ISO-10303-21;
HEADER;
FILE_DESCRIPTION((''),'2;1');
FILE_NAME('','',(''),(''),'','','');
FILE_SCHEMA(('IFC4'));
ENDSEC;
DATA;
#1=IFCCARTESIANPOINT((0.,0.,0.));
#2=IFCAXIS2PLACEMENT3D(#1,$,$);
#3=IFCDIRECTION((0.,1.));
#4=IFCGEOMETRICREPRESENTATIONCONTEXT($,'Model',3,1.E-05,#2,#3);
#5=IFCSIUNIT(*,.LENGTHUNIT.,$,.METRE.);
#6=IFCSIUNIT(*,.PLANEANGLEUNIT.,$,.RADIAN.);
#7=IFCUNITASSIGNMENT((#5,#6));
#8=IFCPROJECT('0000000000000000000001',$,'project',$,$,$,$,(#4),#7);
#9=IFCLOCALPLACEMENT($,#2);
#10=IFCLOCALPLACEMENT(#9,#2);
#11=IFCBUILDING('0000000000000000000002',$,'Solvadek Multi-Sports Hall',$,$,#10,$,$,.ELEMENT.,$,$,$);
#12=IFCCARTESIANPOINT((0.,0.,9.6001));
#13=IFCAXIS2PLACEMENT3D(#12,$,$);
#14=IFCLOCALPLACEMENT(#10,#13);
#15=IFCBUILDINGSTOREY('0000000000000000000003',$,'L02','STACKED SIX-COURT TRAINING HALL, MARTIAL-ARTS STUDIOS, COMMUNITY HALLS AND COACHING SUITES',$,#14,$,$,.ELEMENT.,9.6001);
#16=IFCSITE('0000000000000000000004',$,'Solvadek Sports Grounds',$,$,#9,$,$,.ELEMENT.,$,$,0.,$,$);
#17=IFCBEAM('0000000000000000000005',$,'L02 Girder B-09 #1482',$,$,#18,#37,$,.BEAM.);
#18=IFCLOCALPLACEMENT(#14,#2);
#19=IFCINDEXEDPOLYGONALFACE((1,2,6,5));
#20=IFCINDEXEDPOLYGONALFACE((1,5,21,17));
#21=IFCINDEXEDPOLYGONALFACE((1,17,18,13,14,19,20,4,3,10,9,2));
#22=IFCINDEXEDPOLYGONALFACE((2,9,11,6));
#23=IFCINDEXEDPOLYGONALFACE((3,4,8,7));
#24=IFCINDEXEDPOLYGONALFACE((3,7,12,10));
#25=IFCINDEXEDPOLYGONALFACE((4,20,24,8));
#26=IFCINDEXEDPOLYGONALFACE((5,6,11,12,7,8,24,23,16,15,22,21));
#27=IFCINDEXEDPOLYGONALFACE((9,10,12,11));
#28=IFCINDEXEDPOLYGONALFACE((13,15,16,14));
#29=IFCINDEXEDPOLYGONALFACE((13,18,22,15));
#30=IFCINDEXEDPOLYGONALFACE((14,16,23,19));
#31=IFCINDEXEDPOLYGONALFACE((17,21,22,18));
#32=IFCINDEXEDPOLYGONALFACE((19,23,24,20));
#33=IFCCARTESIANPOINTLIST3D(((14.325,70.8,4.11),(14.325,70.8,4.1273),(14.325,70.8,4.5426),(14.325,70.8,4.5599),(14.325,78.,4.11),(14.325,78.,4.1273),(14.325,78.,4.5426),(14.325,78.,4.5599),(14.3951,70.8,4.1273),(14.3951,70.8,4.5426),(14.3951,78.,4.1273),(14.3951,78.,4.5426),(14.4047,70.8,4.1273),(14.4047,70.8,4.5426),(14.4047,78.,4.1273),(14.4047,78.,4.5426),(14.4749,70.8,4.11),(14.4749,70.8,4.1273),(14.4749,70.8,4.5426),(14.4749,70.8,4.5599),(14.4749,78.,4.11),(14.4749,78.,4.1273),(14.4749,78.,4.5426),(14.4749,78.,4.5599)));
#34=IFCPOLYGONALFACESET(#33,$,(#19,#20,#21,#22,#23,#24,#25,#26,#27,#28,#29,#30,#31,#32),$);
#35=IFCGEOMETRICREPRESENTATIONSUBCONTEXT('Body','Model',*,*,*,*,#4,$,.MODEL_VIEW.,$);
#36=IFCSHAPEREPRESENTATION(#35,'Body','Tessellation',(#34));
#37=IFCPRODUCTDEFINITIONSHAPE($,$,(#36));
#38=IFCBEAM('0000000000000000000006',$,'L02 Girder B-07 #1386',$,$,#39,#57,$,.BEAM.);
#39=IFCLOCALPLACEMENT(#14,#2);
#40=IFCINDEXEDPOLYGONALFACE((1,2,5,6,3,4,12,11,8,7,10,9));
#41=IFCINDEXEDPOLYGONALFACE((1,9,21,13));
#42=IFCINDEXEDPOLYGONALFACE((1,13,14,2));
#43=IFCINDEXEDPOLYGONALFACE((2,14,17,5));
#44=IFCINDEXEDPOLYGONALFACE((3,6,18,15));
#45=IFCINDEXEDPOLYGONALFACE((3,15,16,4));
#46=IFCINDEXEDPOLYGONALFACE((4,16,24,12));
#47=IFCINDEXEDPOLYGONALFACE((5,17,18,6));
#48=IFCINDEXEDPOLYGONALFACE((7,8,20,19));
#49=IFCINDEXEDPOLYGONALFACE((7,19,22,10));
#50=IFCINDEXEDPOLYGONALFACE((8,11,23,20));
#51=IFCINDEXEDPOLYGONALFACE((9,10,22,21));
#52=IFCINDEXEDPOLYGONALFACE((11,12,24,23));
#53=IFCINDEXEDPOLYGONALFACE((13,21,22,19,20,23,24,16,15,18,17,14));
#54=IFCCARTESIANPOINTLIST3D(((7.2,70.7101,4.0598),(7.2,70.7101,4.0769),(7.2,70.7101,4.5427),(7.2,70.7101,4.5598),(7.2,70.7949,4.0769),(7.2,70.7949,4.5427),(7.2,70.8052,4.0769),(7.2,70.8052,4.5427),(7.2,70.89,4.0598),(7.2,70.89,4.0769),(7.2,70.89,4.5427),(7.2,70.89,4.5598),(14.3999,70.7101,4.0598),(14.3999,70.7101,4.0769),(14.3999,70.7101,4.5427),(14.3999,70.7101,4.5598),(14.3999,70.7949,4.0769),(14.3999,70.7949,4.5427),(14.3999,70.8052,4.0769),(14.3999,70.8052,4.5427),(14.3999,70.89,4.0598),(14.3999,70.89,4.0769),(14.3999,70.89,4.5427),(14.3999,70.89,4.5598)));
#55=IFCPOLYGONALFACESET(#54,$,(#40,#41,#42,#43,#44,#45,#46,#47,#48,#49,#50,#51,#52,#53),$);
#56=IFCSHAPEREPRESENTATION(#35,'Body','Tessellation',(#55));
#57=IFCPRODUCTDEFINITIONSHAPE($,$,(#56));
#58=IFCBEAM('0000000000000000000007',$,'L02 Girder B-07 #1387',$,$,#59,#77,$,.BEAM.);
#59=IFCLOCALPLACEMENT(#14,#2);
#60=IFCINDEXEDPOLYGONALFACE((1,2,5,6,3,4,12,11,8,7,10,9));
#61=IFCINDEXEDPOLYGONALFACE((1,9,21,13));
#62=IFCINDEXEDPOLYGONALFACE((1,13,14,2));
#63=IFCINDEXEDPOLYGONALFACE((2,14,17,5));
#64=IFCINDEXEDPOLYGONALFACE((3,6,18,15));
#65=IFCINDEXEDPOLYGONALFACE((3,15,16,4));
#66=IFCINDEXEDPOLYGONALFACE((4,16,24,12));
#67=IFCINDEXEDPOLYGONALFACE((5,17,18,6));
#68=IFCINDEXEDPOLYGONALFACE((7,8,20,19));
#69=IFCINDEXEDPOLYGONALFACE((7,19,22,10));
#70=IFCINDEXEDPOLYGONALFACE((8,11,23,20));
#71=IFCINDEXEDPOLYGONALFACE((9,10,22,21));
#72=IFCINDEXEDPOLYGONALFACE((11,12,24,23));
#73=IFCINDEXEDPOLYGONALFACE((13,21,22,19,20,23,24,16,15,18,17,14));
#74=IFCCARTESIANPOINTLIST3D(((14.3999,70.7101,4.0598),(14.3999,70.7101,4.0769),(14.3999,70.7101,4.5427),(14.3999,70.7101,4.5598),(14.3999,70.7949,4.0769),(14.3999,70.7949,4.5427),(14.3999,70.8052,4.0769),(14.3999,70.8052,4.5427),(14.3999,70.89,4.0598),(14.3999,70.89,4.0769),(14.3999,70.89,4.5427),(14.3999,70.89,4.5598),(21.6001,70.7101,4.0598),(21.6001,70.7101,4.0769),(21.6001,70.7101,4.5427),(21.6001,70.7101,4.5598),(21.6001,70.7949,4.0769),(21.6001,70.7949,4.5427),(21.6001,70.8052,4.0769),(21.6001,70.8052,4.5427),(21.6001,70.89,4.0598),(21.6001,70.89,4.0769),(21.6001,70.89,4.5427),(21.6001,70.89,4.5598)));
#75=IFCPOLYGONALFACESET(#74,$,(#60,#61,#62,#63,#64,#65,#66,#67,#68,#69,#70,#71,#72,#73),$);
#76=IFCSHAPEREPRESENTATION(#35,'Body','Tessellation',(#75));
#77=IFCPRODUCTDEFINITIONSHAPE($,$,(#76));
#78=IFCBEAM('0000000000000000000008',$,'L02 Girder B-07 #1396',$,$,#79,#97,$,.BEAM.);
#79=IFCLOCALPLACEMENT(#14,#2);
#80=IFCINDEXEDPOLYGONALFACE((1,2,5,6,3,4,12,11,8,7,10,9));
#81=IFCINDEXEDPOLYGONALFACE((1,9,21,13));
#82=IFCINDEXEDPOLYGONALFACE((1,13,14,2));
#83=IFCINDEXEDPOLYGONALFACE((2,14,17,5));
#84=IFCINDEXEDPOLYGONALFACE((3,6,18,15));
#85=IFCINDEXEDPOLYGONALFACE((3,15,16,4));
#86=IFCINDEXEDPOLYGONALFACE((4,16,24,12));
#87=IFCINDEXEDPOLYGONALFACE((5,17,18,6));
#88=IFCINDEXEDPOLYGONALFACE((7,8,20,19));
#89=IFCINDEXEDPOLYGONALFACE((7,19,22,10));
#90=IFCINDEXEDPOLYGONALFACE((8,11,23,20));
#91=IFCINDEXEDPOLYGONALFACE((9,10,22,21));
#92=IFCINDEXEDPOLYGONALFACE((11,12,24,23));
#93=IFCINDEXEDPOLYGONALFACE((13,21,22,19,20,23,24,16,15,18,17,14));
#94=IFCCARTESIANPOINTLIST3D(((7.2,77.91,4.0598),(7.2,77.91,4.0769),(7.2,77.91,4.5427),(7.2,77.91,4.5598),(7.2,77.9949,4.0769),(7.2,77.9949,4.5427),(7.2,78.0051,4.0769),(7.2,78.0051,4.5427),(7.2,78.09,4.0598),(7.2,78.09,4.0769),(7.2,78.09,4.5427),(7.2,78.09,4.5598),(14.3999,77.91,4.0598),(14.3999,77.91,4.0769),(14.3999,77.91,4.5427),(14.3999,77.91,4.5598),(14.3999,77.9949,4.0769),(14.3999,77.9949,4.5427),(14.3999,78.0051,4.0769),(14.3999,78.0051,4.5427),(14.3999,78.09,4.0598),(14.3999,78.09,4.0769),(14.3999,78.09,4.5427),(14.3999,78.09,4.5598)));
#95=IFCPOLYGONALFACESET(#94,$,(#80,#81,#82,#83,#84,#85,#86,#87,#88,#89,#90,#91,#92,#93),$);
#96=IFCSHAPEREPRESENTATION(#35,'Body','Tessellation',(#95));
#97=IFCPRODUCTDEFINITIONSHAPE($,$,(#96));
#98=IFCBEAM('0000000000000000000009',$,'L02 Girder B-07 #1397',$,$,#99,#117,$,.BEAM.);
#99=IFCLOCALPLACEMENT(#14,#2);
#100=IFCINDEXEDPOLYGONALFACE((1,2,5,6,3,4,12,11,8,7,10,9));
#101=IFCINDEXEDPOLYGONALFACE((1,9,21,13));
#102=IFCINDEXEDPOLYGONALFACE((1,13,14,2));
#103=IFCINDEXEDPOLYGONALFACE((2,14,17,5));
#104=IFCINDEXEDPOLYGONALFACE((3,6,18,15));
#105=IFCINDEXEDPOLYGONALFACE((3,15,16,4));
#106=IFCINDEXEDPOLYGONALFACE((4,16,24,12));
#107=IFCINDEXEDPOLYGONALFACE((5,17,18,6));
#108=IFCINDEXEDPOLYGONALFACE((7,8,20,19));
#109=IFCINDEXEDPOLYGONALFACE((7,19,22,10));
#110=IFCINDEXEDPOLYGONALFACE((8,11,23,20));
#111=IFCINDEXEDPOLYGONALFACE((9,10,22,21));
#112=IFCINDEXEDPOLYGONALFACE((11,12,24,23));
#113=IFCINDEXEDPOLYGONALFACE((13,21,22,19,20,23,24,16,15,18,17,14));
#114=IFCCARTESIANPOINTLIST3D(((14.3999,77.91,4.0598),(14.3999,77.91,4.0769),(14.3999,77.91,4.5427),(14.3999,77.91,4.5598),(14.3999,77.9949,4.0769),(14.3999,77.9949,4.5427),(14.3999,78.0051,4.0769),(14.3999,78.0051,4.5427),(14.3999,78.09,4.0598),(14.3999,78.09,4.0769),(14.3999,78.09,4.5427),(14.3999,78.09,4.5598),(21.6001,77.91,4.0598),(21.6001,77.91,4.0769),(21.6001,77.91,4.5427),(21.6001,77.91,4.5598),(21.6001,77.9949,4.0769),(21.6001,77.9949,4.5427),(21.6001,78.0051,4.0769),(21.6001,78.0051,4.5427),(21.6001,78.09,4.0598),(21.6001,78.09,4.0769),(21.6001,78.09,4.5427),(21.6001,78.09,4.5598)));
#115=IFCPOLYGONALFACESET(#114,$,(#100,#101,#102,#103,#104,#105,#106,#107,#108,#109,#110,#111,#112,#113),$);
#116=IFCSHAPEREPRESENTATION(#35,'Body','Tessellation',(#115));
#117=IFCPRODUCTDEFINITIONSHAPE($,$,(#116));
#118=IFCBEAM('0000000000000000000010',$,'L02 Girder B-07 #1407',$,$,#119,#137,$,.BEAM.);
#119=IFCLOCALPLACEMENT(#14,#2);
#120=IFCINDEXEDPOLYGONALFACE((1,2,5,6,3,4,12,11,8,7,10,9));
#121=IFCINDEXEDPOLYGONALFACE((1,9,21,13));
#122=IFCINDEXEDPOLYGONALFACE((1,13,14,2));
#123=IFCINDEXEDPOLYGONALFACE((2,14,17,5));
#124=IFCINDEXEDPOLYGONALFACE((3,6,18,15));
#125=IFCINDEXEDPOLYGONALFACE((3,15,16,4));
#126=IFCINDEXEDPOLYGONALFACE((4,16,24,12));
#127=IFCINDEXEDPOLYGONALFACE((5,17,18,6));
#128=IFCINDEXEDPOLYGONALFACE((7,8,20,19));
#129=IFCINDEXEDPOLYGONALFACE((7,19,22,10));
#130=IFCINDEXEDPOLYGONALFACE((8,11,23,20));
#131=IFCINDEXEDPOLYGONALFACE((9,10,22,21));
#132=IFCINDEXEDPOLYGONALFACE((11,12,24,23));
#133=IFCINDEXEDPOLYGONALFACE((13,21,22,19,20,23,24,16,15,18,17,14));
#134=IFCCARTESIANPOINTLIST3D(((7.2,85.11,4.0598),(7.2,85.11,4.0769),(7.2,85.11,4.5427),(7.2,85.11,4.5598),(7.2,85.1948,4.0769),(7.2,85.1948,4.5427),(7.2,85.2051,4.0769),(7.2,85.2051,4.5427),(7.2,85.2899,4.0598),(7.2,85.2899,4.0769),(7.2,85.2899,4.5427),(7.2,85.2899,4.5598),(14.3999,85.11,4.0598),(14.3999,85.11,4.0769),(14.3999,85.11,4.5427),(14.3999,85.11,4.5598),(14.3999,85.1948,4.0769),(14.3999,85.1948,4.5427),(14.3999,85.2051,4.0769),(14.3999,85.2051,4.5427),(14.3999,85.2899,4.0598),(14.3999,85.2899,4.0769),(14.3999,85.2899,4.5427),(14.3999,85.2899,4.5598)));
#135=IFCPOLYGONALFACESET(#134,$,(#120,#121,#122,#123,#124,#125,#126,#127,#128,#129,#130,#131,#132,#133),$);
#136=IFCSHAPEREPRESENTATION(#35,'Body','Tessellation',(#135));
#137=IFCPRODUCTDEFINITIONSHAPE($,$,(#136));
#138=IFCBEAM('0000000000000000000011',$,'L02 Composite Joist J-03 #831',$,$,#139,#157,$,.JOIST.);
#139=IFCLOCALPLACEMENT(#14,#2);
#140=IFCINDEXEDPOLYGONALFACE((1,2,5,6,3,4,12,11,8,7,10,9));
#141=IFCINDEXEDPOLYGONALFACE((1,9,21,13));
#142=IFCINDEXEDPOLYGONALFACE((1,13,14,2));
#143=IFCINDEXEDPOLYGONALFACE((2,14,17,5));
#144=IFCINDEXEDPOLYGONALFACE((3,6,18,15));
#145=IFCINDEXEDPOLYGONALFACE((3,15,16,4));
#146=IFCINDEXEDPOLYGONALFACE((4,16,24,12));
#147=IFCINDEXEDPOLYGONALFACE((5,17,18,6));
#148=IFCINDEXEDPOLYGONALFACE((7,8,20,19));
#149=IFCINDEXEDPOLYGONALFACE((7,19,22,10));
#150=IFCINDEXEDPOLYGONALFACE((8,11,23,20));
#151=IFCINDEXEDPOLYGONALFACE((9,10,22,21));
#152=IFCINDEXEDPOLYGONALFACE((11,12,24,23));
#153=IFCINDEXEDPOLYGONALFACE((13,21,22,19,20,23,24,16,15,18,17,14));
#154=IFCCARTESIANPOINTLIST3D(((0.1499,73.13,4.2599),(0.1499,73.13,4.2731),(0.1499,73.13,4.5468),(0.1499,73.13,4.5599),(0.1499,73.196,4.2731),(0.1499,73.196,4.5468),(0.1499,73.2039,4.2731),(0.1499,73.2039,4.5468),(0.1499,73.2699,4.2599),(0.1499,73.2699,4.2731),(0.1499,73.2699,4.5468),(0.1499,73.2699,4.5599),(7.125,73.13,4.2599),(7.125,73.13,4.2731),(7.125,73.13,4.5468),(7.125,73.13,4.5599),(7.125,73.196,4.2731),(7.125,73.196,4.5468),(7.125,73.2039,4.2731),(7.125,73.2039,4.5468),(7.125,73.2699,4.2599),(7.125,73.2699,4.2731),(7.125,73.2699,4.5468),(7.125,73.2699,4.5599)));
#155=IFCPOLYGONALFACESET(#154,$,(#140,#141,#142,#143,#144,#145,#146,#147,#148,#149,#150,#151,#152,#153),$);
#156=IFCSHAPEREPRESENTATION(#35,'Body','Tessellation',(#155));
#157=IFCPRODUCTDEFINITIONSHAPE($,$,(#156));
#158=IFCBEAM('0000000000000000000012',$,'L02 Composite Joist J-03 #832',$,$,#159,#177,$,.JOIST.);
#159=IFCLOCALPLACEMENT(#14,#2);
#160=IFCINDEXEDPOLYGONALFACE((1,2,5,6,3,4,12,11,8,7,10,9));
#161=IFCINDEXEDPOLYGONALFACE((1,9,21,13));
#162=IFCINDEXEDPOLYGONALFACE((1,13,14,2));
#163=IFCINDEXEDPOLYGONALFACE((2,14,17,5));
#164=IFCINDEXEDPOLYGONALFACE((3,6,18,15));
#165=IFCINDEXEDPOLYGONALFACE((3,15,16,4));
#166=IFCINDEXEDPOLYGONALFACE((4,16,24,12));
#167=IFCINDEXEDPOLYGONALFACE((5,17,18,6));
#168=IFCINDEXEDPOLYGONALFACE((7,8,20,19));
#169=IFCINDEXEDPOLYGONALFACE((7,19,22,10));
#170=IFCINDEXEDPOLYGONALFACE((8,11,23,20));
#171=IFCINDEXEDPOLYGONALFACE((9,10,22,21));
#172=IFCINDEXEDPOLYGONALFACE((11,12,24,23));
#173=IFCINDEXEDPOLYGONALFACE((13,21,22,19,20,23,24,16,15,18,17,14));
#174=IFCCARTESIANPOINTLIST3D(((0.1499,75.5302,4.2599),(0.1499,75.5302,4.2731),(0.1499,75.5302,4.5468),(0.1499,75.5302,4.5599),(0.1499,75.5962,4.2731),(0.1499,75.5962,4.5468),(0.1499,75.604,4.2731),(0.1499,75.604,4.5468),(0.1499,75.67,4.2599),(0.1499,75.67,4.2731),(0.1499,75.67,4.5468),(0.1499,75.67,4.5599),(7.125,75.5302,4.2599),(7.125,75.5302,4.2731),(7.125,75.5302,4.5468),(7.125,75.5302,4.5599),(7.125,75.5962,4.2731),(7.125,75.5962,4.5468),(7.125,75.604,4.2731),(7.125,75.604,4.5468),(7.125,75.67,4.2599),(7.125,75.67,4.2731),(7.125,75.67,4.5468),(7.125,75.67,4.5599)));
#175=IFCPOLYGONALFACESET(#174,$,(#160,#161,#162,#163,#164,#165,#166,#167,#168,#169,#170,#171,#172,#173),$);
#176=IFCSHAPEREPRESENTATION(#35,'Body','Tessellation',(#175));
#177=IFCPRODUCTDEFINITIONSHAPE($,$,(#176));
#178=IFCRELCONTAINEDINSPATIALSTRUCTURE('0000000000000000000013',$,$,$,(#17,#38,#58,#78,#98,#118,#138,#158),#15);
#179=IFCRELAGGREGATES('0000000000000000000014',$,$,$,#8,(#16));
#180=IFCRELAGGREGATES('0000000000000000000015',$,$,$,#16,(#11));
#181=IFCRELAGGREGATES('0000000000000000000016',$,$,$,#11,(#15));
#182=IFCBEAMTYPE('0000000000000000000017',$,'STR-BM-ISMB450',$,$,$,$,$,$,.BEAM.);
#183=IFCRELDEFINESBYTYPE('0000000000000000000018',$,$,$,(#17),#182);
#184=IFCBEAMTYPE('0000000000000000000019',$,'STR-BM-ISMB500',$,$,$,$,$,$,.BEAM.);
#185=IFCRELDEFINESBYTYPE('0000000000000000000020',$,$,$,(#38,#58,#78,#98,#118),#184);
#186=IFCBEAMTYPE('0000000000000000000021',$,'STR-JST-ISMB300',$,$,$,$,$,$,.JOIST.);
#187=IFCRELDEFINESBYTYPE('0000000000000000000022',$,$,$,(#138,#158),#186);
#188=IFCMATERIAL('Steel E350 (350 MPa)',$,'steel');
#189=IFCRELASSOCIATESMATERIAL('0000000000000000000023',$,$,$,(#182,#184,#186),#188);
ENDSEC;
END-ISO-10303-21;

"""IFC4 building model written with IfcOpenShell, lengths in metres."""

from ifc_helpers import new_model, si_unit, direction, frame, origin, origin_2d, place, context, subcontext, project, spatial, i_section, extrude, material, material_profile, profile_set, type_object, element, save


model = new_model("IFC4")

# Units and contexts
model_context = context("Model", 3, precision=1e-05, world=origin(), true_north=direction((0.0, 1.0)))
body_context = subcontext(model_context, "Body", "Model", "MODEL_VIEW")
ifc_project = project(units=[si_unit("LENGTHUNIT", "METRE"), si_unit("PLANEANGLEUNIT", "RADIAN")], contexts=[model_context])

# Site, building, storey
site_placement = place(None, origin())
site = spatial("IfcSite", under=ifc_project, at=site_placement, Name="Solvadek Sports Grounds", CompositionType="ELEMENT", RefElevation=0.0)
building_placement = place(site_placement, origin())
building = spatial("IfcBuilding", under=site, at=building_placement, Name="Solvadek Multi-Sports Hall", CompositionType="ELEMENT")
storey_placement = place(building_placement, frame((0.0, 0.0, 9.6001)))
storey = spatial("IfcBuildingStorey", under=building, at=storey_placement, Name="L02", Description="STACKED SIX-COURT TRAINING HALL, MARTIAL-ARTS STUDIOS, COMMUNITY HALLS AND COACHING SUITES", CompositionType="ELEMENT", Elevation=9.6001)

# Shared definitions
ifc_material_1 = material(Name="Steel E350 (350 MPa)", Category="steel")

# Beams
ifc_material_profile_1 = material_profile(ifc_material_1, i_section(OverallWidth=0.1499, OverallDepth=0.45, WebThickness=0.0095, FlangeThickness=0.0173, at=origin_2d()), Name="ISMB 450")
ifc_profile_set_1 = profile_set([ifc_material_profile_1], Name="Steel E350 (350 MPa)")
beam_type_1 = type_object("IfcBeamType", Name="STR-BM-ISMB450", PredefinedType="BEAM", material=ifc_profile_set_1)
for number, where, z_axis, x_axis, name in (
    (1, (14.3999, 70.8, 4.335), (0.0, 1.0, 0.0), (-1.0, 0.0, 0.0), "L02 Girder B-09 #1482"),
):
    element("IfcBeam", number, at=place(storey_placement, frame(where, z_axis=z_axis, x_axis=x_axis)), inside=storey, type_object=beam_type_1, Name=name, PredefinedType="BEAM", context=body_context, shape_type="SweptSolid", body=[
        extrude(i_section(OverallWidth=0.1499, OverallDepth=0.45, WebThickness=0.0095, FlangeThickness=0.0173, at=origin_2d()), origin(), (0.0, 0.0, 1.0), 7.2),
    ])
ifc_material_profile_2 = material_profile(ifc_material_1, i_section(OverallWidth=0.1799, OverallDepth=0.5, WebThickness=0.0103, FlangeThickness=0.0171, at=origin_2d()), Name="ISMB 500")
ifc_profile_set_2 = profile_set([ifc_material_profile_2], Name="Steel E350 (350 MPa)")
beam_type_2 = type_object("IfcBeamType", Name="STR-BM-ISMB500", PredefinedType="BEAM", material=ifc_profile_set_2)
beam_1_placement = place(storey_placement, frame((7.2, 70.8, 4.3098), z_axis=(1.0, 0.0, 0.0), x_axis=(0.0, 1.0, 0.0)))
element("IfcBeam", 2, at=beam_1_placement, inside=storey, type_object=beam_type_2, Name="L02 Girder B-07 #1386", PredefinedType="BEAM", context=body_context, shape_type="SweptSolid", body=[
    extrude(i_section(OverallWidth=0.1799, OverallDepth=0.5, WebThickness=0.0103, FlangeThickness=0.0171, at=origin_2d()), origin(), (0.0, 0.0, 1.0), 7.2),
])
beam_2_placement = place(storey_placement, frame((14.3999, 70.8, 4.3098), z_axis=(1.0, 0.0, 0.0), x_axis=(0.0, 1.0, 0.0)))
element("IfcBeam", 3, at=beam_2_placement, inside=storey, type_object=beam_type_2, Name="L02 Girder B-07 #1387", PredefinedType="BEAM", context=body_context, shape_type="SweptSolid", body=[
    extrude(i_section(OverallWidth=0.1799, OverallDepth=0.5, WebThickness=0.0103, FlangeThickness=0.0171, at=origin_2d()), origin(), (0.0, 0.0, 1.0), 7.2002),
])
beam_3_placement = place(storey_placement, frame((7.2, 78.0, 4.3098), z_axis=(1.0, 0.0, 0.0), x_axis=(0.0, 1.0, 0.0)))
element("IfcBeam", 4, at=beam_3_placement, inside=storey, type_object=beam_type_2, Name="L02 Girder B-07 #1396", PredefinedType="BEAM", context=body_context, shape_type="SweptSolid", body=[
    extrude(i_section(OverallWidth=0.1799, OverallDepth=0.5, WebThickness=0.0103, FlangeThickness=0.0171, at=origin_2d()), origin(), (0.0, 0.0, 1.0), 7.2),
])
beam_4_placement = place(storey_placement, frame((14.3999, 78.0, 4.3098), z_axis=(1.0, 0.0, 0.0), x_axis=(0.0, 1.0, 0.0)))
element("IfcBeam", 5, at=beam_4_placement, inside=storey, type_object=beam_type_2, Name="L02 Girder B-07 #1397", PredefinedType="BEAM", context=body_context, shape_type="SweptSolid", body=[
    extrude(i_section(OverallWidth=0.1799, OverallDepth=0.5, WebThickness=0.0103, FlangeThickness=0.0171, at=origin_2d()), origin(), (0.0, 0.0, 1.0), 7.2002),
])
beam_5_placement = place(storey_placement, frame((7.2, 85.2, 4.3098), z_axis=(1.0, 0.0, 0.0), x_axis=(0.0, 1.0, 0.0)))
element("IfcBeam", 6, at=beam_5_placement, inside=storey, type_object=beam_type_2, Name="L02 Girder B-07 #1407", PredefinedType="BEAM", context=body_context, shape_type="SweptSolid", body=[
    extrude(i_section(OverallWidth=0.1799, OverallDepth=0.5, WebThickness=0.0103, FlangeThickness=0.0171, at=origin_2d()), origin(), (0.0, 0.0, 1.0), 7.2),
])
ifc_material_profile_3 = material_profile(ifc_material_1, i_section(OverallWidth=0.1399, OverallDepth=0.3, WebThickness=0.0078, FlangeThickness=0.0132, at=origin_2d()), Name="ISMB 300")
ifc_profile_set_3 = profile_set([ifc_material_profile_3], Name="Steel E350 (350 MPa)")
beam_type_3 = type_object("IfcBeamType", Name="STR-JST-ISMB300", PredefinedType="JOIST", material=ifc_profile_set_3)
for number, where, z_axis, x_axis, name in (
    (7, (0.1499, 73.2, 4.4099), (1.0, 0.0, 0.0), (0.0, 1.0, 0.0), "L02 Composite Joist J-03 #831"),
    (8, (0.1499, 75.6001, 4.4099), (1.0, 0.0, 0.0), (0.0, 1.0, 0.0), "L02 Composite Joist J-03 #832"),
):
    element("IfcBeam", number, at=place(storey_placement, frame(where, z_axis=z_axis, x_axis=x_axis)), inside=storey, type_object=beam_type_3, Name=name, PredefinedType="JOIST", context=body_context, shape_type="SweptSolid", body=[
        extrude(i_section(OverallWidth=0.1399, OverallDepth=0.3, WebThickness=0.0078, FlangeThickness=0.0132, at=origin_2d()), origin(), (0.0, 0.0, 1.0), 6.9751),
    ])

save(model, "model.ifc")
